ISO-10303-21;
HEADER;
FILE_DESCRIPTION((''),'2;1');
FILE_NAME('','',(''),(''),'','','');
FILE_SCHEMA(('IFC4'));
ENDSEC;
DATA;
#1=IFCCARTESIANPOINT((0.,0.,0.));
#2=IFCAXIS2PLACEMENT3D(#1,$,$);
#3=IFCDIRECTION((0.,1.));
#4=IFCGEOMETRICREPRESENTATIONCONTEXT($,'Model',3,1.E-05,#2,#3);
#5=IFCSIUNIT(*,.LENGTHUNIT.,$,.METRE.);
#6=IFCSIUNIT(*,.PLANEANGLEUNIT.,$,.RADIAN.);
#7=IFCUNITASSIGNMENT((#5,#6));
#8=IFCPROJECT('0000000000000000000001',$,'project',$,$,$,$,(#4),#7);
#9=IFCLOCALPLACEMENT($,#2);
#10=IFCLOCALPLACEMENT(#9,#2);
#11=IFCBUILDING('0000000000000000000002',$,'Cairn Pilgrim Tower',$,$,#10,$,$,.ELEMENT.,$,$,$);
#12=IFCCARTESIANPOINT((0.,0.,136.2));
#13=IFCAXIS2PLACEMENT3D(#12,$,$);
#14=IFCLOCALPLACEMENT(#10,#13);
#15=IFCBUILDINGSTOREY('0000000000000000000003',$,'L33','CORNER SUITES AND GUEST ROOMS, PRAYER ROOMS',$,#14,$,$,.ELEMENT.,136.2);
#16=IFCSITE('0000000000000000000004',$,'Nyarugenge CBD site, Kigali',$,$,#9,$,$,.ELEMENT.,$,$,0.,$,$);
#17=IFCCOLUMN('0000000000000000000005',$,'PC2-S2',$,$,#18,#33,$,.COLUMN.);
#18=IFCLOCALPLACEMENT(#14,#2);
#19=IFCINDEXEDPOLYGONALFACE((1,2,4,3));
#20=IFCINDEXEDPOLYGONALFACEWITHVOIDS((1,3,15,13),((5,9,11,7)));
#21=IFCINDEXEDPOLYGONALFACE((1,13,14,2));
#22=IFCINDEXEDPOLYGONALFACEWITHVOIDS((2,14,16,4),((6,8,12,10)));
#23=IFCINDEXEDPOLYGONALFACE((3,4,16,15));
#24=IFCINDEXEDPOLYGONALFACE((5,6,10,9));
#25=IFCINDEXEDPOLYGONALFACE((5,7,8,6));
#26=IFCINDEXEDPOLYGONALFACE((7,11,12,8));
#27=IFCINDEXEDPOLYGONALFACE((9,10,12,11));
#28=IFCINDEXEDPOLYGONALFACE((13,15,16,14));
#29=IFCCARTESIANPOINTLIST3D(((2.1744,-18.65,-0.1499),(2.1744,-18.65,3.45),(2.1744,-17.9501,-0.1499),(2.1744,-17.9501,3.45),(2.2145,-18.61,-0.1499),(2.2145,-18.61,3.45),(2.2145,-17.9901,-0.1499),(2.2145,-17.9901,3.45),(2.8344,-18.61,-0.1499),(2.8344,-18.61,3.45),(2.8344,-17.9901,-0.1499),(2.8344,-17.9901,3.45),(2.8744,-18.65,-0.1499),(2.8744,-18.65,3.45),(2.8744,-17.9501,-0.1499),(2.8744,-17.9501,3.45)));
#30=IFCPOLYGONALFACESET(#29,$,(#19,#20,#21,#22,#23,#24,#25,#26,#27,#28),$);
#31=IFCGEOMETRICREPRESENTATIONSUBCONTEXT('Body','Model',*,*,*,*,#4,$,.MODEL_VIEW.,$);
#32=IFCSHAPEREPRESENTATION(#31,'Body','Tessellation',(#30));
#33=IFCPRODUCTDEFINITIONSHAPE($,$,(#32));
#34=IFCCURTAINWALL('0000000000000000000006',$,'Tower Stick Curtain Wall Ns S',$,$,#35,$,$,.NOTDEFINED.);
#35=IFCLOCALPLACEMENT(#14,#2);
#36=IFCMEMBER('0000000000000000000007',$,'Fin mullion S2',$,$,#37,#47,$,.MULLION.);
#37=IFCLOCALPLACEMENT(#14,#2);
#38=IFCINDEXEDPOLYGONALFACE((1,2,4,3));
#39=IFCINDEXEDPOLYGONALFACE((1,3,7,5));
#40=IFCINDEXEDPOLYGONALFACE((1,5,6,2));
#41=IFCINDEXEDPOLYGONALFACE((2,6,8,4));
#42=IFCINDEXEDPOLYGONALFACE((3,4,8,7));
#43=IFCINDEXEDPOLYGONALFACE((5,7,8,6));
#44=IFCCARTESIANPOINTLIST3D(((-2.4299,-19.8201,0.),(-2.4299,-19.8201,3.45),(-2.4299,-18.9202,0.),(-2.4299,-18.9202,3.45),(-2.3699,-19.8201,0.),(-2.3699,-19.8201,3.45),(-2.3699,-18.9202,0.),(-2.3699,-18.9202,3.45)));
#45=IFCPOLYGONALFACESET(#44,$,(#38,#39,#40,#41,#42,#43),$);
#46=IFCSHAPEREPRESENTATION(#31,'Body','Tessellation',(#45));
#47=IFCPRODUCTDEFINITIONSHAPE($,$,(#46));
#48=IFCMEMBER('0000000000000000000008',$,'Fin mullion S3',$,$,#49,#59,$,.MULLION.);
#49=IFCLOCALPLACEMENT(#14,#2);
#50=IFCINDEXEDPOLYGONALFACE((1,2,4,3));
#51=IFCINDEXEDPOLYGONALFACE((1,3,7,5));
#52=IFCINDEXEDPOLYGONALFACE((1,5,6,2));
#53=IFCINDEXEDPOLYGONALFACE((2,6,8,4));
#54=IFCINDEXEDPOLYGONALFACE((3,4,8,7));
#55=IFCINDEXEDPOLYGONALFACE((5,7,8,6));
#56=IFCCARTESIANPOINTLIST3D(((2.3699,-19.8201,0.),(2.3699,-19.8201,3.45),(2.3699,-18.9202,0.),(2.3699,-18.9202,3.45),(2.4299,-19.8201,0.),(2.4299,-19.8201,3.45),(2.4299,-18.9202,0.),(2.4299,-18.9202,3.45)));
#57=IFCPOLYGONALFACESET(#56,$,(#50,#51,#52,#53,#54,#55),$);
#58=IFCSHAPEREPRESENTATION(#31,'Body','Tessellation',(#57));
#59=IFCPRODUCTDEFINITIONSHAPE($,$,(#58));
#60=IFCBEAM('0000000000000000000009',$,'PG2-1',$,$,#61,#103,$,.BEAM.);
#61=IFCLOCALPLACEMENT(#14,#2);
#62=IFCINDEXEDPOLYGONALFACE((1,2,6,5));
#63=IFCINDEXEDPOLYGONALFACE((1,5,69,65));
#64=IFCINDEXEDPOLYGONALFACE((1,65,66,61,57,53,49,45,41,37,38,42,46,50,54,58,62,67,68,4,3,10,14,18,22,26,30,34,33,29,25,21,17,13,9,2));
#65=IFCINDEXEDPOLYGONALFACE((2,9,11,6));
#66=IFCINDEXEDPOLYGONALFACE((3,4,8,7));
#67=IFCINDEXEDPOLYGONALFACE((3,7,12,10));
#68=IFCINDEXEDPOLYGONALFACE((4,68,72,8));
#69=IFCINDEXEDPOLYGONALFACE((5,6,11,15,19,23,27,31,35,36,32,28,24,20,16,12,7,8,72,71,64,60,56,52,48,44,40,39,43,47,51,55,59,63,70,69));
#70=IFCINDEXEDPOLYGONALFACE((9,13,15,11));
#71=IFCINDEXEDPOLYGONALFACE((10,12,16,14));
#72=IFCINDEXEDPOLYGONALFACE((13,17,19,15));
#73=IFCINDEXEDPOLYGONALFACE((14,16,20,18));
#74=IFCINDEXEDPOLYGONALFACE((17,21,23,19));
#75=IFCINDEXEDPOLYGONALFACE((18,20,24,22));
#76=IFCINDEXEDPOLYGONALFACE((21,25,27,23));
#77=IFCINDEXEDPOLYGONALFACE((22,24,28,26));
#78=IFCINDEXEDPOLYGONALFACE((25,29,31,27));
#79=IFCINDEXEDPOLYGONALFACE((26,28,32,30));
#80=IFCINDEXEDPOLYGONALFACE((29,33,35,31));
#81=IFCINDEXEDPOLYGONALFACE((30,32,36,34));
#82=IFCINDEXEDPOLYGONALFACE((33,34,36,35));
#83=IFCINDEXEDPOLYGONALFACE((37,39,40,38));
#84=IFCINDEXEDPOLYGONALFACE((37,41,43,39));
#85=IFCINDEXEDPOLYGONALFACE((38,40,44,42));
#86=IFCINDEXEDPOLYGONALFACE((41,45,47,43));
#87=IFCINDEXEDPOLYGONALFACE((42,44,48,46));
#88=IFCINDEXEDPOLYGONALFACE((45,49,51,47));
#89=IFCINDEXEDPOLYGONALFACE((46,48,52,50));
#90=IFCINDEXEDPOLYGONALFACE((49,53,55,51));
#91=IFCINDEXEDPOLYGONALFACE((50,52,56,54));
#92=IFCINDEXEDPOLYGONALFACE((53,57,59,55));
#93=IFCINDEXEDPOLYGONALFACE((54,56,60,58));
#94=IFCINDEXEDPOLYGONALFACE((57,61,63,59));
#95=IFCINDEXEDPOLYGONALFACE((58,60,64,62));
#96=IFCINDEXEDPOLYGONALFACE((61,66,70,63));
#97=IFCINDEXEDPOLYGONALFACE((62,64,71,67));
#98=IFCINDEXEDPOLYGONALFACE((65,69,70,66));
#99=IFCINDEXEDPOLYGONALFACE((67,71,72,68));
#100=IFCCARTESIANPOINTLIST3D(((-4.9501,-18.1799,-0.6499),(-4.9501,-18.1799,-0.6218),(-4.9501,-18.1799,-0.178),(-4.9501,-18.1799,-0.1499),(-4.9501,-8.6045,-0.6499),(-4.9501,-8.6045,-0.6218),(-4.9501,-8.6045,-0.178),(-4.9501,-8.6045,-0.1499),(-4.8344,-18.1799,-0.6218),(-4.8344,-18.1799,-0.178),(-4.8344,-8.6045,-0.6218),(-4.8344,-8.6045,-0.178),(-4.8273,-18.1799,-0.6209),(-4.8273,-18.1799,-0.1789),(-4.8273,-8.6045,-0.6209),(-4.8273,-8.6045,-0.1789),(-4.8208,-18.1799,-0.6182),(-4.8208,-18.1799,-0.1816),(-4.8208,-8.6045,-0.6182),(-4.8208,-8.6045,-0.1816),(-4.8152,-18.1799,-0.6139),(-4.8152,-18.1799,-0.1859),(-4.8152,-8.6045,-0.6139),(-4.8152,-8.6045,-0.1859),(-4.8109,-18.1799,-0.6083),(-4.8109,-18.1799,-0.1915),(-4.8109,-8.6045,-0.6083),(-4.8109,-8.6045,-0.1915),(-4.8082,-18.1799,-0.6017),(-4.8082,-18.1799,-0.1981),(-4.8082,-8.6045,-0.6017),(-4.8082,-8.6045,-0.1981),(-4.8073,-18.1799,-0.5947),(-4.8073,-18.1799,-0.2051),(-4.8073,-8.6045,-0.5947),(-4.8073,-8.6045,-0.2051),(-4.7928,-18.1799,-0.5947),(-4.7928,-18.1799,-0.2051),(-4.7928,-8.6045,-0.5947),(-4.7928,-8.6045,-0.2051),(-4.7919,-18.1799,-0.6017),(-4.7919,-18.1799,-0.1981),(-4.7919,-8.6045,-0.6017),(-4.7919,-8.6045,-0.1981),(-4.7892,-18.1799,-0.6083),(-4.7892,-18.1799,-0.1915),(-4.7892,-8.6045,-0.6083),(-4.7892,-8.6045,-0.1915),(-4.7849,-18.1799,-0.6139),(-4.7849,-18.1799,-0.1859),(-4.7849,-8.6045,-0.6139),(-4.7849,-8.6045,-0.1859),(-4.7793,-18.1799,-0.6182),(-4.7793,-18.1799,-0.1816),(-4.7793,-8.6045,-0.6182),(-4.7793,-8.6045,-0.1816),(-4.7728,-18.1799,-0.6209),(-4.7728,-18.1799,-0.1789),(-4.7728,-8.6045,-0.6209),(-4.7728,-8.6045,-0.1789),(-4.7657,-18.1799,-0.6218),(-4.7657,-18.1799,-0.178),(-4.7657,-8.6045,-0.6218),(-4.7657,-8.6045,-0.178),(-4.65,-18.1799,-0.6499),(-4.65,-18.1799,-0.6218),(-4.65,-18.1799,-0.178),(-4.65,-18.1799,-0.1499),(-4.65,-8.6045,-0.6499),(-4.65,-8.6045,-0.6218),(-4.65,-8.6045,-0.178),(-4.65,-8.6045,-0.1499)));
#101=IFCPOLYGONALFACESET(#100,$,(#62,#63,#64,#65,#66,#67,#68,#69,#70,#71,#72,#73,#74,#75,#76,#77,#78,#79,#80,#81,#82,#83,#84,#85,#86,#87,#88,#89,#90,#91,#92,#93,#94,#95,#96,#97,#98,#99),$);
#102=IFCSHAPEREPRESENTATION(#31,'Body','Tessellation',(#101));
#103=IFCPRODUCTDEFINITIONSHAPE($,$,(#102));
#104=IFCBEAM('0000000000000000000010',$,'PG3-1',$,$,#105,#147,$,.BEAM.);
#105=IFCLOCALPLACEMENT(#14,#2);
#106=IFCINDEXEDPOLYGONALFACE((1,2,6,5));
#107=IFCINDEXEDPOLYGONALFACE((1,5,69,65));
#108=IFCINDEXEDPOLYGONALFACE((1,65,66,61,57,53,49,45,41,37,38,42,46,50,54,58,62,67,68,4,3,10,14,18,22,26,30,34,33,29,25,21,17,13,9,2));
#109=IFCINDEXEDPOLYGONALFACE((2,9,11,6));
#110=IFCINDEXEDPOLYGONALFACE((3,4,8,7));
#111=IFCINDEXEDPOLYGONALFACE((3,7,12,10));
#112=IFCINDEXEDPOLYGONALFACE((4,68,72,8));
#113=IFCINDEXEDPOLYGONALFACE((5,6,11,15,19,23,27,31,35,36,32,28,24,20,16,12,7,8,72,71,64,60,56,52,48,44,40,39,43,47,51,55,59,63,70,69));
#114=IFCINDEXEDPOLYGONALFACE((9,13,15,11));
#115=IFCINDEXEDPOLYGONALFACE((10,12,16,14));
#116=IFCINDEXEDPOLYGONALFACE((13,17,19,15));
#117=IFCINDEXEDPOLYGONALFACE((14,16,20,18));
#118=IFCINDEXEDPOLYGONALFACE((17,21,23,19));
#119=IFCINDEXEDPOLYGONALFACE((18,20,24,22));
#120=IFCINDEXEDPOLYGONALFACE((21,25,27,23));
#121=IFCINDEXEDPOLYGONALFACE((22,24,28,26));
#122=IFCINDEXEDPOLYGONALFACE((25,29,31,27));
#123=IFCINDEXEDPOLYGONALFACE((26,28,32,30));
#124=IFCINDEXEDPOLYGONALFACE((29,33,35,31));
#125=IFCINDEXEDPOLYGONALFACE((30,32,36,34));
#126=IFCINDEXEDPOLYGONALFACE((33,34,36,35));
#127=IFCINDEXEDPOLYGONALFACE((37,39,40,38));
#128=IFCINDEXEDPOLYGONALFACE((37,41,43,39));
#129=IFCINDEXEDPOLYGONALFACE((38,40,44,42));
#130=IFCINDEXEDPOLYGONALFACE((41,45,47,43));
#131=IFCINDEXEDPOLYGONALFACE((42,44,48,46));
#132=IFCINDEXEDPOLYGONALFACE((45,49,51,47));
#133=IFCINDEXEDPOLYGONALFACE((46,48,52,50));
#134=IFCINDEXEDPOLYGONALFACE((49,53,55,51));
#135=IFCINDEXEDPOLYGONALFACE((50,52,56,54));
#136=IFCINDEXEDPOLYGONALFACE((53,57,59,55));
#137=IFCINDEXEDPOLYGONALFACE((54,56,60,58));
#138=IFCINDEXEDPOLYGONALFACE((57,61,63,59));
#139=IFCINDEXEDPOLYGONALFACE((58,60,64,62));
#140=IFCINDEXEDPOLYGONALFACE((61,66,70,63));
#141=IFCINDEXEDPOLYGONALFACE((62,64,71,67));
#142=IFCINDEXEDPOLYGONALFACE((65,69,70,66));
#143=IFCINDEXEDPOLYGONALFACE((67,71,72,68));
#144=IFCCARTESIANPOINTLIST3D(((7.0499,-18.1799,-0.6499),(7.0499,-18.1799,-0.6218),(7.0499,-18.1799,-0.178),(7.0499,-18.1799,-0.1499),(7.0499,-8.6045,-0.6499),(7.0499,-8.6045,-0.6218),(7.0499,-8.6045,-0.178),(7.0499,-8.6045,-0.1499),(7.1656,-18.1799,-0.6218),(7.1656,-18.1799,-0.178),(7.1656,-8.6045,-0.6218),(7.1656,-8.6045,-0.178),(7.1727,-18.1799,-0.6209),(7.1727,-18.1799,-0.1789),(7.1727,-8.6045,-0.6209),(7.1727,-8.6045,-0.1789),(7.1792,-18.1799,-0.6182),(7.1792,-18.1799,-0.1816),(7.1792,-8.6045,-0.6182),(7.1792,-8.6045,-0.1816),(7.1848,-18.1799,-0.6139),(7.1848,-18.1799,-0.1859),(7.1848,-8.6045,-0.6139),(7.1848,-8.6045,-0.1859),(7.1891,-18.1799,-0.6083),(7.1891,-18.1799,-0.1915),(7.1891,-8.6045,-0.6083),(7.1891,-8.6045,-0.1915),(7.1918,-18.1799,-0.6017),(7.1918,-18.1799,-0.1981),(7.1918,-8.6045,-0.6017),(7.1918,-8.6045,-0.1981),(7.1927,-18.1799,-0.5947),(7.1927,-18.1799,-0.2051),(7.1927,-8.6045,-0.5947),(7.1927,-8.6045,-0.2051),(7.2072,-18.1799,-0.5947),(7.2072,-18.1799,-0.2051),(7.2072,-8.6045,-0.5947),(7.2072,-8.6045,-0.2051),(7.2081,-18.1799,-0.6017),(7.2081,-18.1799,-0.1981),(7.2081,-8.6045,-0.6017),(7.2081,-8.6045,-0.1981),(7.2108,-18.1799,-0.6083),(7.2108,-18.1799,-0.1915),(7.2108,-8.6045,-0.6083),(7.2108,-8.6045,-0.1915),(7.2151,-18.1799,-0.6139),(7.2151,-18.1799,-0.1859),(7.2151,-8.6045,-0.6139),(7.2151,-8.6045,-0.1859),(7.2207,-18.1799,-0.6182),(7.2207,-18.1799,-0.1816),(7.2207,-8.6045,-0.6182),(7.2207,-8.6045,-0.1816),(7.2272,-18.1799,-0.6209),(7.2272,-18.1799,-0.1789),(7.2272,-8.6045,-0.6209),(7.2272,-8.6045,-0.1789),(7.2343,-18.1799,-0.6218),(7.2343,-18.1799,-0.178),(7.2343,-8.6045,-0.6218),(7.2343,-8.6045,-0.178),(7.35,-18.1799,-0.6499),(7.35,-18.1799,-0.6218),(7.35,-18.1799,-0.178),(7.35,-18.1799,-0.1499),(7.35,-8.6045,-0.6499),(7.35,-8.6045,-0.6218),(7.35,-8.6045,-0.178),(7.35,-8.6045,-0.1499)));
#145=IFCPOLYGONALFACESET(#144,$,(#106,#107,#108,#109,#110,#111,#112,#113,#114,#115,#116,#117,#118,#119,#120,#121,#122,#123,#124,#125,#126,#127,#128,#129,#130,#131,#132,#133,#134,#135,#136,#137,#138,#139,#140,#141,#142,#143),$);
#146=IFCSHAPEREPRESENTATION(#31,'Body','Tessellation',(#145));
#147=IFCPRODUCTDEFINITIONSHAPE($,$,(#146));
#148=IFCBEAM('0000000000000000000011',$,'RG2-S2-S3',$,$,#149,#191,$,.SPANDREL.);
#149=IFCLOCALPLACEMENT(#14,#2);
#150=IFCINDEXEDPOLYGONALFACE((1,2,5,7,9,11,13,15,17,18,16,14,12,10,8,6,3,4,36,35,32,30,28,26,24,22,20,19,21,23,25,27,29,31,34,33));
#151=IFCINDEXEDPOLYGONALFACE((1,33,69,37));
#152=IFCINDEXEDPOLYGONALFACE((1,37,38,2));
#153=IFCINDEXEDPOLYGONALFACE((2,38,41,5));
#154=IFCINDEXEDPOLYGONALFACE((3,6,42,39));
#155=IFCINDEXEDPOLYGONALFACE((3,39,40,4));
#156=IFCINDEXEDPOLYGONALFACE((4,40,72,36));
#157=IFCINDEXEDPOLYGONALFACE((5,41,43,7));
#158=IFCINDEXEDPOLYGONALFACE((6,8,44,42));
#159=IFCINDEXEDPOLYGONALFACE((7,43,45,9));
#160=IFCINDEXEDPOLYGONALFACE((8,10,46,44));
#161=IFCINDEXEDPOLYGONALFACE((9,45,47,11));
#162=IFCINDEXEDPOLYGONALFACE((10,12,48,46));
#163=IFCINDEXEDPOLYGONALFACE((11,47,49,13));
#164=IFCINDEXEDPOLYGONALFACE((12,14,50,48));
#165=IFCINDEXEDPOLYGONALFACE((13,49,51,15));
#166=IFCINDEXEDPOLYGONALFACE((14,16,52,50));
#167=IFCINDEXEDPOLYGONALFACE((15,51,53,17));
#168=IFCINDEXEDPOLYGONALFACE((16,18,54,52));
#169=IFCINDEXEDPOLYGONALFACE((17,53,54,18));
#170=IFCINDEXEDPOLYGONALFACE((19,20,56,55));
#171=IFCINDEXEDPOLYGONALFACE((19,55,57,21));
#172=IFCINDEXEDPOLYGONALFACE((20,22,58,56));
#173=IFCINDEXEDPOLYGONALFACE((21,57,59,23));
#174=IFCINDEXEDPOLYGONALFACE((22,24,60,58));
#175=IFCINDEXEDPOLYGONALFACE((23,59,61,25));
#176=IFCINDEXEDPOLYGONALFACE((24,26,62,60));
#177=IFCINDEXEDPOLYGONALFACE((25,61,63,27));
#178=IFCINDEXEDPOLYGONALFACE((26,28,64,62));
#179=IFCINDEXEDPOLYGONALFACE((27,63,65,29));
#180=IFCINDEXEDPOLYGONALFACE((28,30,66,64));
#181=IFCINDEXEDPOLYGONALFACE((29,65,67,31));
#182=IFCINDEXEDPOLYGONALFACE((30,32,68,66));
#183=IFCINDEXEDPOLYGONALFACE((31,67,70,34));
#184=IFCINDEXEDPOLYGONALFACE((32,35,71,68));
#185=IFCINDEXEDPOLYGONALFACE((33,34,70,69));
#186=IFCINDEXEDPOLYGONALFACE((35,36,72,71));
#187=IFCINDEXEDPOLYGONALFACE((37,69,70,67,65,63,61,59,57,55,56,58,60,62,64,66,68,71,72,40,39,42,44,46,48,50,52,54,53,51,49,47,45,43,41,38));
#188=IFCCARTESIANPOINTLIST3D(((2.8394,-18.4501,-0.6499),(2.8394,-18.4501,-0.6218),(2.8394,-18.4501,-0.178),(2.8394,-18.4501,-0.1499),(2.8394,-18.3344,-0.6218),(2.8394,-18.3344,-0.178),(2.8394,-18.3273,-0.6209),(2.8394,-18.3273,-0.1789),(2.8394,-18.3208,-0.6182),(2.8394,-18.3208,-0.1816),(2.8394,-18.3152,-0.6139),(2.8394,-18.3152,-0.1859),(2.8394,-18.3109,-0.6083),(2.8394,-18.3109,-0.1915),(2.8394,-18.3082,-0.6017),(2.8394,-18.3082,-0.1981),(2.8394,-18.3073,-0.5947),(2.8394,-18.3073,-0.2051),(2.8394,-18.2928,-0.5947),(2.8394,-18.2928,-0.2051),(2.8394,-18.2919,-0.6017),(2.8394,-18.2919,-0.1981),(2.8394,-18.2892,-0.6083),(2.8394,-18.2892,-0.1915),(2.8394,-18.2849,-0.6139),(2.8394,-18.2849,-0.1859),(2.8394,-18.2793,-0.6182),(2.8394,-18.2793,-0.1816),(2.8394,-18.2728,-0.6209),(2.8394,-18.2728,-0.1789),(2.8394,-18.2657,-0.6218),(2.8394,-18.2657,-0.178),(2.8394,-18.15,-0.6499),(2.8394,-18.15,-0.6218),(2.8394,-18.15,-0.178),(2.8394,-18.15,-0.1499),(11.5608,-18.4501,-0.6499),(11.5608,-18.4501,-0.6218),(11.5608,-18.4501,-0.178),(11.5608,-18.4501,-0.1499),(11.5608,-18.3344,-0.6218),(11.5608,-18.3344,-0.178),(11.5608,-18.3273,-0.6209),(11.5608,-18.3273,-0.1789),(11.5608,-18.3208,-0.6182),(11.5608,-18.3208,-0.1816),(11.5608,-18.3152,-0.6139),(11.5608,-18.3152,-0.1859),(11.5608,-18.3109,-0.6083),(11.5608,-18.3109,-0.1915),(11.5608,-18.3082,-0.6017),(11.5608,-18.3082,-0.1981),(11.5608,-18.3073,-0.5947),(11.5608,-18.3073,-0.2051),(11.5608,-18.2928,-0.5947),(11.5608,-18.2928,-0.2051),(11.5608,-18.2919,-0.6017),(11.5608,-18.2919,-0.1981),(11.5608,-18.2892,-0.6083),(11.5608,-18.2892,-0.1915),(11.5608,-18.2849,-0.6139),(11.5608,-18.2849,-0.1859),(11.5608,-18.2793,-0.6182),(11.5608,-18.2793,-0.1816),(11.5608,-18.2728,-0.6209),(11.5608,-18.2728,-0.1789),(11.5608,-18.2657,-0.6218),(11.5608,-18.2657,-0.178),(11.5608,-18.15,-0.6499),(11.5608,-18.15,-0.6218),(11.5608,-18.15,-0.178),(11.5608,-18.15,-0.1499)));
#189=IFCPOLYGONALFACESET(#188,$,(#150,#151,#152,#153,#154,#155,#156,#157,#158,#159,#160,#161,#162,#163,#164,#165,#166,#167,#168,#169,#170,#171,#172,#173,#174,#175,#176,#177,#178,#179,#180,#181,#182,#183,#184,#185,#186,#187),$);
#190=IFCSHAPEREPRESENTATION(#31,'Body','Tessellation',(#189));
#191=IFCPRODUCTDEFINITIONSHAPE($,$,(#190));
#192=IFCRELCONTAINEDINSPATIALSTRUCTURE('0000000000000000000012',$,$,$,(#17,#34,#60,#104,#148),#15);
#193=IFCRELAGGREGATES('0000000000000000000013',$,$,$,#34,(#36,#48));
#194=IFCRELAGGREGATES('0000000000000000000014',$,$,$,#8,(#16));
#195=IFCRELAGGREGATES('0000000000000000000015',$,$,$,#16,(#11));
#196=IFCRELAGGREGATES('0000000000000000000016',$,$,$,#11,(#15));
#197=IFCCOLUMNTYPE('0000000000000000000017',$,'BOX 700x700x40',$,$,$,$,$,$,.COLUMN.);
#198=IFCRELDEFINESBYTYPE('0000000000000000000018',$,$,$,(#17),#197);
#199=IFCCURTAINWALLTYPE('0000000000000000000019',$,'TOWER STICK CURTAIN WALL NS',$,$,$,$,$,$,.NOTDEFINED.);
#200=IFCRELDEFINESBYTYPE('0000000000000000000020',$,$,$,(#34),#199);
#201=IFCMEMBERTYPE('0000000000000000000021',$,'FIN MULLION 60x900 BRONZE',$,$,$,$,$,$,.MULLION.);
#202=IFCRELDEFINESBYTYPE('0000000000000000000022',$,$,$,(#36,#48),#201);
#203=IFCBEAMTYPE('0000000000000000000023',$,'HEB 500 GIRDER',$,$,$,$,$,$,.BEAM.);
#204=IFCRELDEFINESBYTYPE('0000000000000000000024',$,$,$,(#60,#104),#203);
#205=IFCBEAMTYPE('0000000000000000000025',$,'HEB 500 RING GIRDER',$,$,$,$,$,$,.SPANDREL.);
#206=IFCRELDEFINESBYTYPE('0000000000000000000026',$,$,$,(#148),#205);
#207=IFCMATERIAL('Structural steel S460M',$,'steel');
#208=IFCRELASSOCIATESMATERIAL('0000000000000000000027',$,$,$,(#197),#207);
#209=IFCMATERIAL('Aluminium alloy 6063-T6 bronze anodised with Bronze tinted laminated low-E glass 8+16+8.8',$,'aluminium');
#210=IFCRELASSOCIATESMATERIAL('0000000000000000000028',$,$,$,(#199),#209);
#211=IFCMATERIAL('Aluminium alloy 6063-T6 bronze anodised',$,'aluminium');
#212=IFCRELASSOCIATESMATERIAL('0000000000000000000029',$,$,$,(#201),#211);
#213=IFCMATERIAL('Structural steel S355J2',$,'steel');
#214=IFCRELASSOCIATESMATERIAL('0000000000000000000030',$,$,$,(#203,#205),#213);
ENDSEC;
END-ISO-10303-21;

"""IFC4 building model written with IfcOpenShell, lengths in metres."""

from ifc_helpers import new_model, si_unit, direction, frame, origin, origin_2d, place, context, subcontext, project, spatial, rectangle, hollow_rectangle, i_section, extrude, material, material_profile, profile_set, type_object, element, aggregate, save


model = new_model("IFC4")

# Units and contexts
model_context = context("Model", 3, precision=1e-05, world=origin(), true_north=direction((0.0, 1.0)))
body_context = subcontext(model_context, "Body", "Model", "MODEL_VIEW")
ifc_project = project(units=[si_unit("LENGTHUNIT", "METRE"), si_unit("PLANEANGLEUNIT", "RADIAN")], contexts=[model_context])

# Site, building, storey
site_placement = place(None, origin())
site = spatial("IfcSite", under=ifc_project, at=site_placement, Name="Nyarugenge CBD site, Kigali", CompositionType="ELEMENT", RefElevation=0.0)
building_placement = place(site_placement, origin())
building = spatial("IfcBuilding", under=site, at=building_placement, Name="Cairn Pilgrim Tower", CompositionType="ELEMENT")
storey_placement = place(building_placement, frame((0.0, 0.0, 136.2)))
storey = spatial("IfcBuildingStorey", under=building, at=storey_placement, Name="L33", Description="CORNER SUITES AND GUEST ROOMS, PRAYER ROOMS", CompositionType="ELEMENT", Elevation=136.2)

# Column
ifc_material_1 = material(Name="Structural steel S460M", Category="steel")
ifc_material_profile_1 = material_profile(ifc_material_1, hollow_rectangle(XDim=0.7, YDim=0.7, WallThickness=0.04, at=origin_2d()), Name="BOX 700x700x40")
ifc_profile_set_1 = profile_set([ifc_material_profile_1], Name="Structural steel S460M")
column_type = type_object("IfcColumnType", Name="BOX 700x700x40", PredefinedType="COLUMN", material=ifc_profile_set_1)
column_placement = place(storey_placement, frame((2.5244, -18.3, -0.1499), z_axis=(0.0, 0.0, 1.0), x_axis=(1.0, 0.0, 0.0)))
element("IfcColumn", 1, at=column_placement, inside=storey, type_object=column_type, Name="PC2-S2", PredefinedType="COLUMN", context=body_context, shape_type="SweptSolid", body=[
    extrude(hollow_rectangle(XDim=0.7, YDim=0.7, WallThickness=0.04, at=origin_2d()), origin(), (0.0, 0.0, 1.0), 3.5999),
])

# Curtain wall, members
ifc_material_2 = material(Name="Aluminium alloy 6063-T6 bronze anodised with Bronze tinted laminated low-E glass 8+16+8.8", Category="aluminium")
curtain_wall_type = type_object("IfcCurtainWallType", Name="TOWER STICK CURTAIN WALL NS", PredefinedType="NOTDEFINED", material=ifc_material_2)
curtain_wall_placement = place(storey_placement, origin())
curtain_wall = element("IfcCurtainWall", 2, at=curtain_wall_placement, inside=storey, type_object=curtain_wall_type, Name="Tower Stick Curtain Wall Ns S", PredefinedType="NOTDEFINED")
ifc_material_3 = material(Name="Aluminium alloy 6063-T6 bronze anodised", Category="aluminium")
ifc_material_profile_2 = material_profile(ifc_material_3, rectangle(XDim=0.8999, YDim=0.0601, at=origin_2d()), Name="FIN MULLION 60x900 BRONZE")
ifc_profile_set_2 = profile_set([ifc_material_profile_2], Name="Aluminium alloy 6063-T6 bronze anodised")
member_type = type_object("IfcMemberType", Name="FIN MULLION 60x900 BRONZE", PredefinedType="MULLION", material=ifc_profile_set_2)
member_1_placement = place(storey_placement, frame((-2.3999, -19.3701, 0.0), z_axis=(0.0, 0.0, 1.0), x_axis=(0.0, -1.0, 0.0)))
member_1 = element("IfcMember", 3, at=member_1_placement, type_object=member_type, Name="Fin mullion S2", PredefinedType="MULLION", context=body_context, shape_type="SweptSolid", body=[
    extrude(rectangle(XDim=0.8999, YDim=0.0601, at=origin_2d()), origin(), (0.0, 0.0, 1.0), 3.45),
])
member_2_placement = place(storey_placement, frame((2.3999, -19.3701, 0.0), z_axis=(0.0, 0.0, 1.0), x_axis=(0.0, -1.0, 0.0)))
member_2 = element("IfcMember", 4, at=member_2_placement, type_object=member_type, Name="Fin mullion S3", PredefinedType="MULLION", context=body_context, shape_type="SweptSolid", body=[
    extrude(rectangle(XDim=0.8999, YDim=0.0601, at=origin_2d()), origin(), (0.0, 0.0, 1.0), 3.45),
])
aggregate(curtain_wall, [member_1, member_2])

# Beams
ifc_material_4 = material(Name="Structural steel S355J2", Category="steel")
ifc_material_profile_3 = material_profile(ifc_material_4, i_section(OverallWidth=0.3, OverallDepth=0.5, WebThickness=0.0144, FlangeThickness=0.0281, FilletRadius=0.0271, at=origin_2d()), Name="HEB 500")
ifc_profile_set_3 = profile_set([ifc_material_profile_3], Name="Structural steel S355J2")
beam_type_1 = type_object("IfcBeamType", Name="HEB 500 GIRDER", PredefinedType="BEAM", material=ifc_profile_set_3)
for number, where, z_axis, x_axis, name in (
    (5, (-4.8, -18.1799, -0.3999), (0.0, 1.0, 0.0), (-1.0, 0.0, 0.0), "PG2-1"),
    (6, (7.2, -18.1799, -0.3999), (0.0, 1.0, 0.0), (-1.0, 0.0, 0.0), "PG3-1"),
):
    element("IfcBeam", number, at=place(storey_placement, frame(where, z_axis=z_axis, x_axis=x_axis)), inside=storey, type_object=beam_type_1, Name=name, PredefinedType="BEAM", context=body_context, shape_type="SweptSolid", body=[
        extrude(i_section(OverallWidth=0.3, OverallDepth=0.5, WebThickness=0.0144, FlangeThickness=0.0281, FilletRadius=0.0271, at=origin_2d()), origin(), (0.0, 0.0, 1.0), 9.5754),
    ])
ifc_material_profile_4 = material_profile(ifc_material_4, i_section(OverallWidth=0.3, OverallDepth=0.5, WebThickness=0.0144, FlangeThickness=0.0281, FilletRadius=0.0271, at=origin_2d()), Name="HEB 500")
ifc_profile_set_4 = profile_set([ifc_material_profile_4], Name="Structural steel S355J2")
beam_type_2 = type_object("IfcBeamType", Name="HEB 500 RING GIRDER", PredefinedType="SPANDREL", material=ifc_profile_set_4)
beam_1_placement = place(storey_placement, frame((2.8394, -18.3, -0.3999), z_axis=(1.0, 0.0, 0.0), x_axis=(0.0, 1.0, 0.0)))
element("IfcBeam", 7, at=beam_1_placement, inside=storey, type_object=beam_type_2, Name="RG2-S2-S3", PredefinedType="SPANDREL", context=body_context, shape_type="SweptSolid", body=[
    extrude(i_section(OverallWidth=0.3, OverallDepth=0.5, WebThickness=0.0144, FlangeThickness=0.0281, FilletRadius=0.0271, at=origin_2d()), origin(), (0.0, 0.0, 1.0), 8.7214),
])

save(model, "model.ifc")
